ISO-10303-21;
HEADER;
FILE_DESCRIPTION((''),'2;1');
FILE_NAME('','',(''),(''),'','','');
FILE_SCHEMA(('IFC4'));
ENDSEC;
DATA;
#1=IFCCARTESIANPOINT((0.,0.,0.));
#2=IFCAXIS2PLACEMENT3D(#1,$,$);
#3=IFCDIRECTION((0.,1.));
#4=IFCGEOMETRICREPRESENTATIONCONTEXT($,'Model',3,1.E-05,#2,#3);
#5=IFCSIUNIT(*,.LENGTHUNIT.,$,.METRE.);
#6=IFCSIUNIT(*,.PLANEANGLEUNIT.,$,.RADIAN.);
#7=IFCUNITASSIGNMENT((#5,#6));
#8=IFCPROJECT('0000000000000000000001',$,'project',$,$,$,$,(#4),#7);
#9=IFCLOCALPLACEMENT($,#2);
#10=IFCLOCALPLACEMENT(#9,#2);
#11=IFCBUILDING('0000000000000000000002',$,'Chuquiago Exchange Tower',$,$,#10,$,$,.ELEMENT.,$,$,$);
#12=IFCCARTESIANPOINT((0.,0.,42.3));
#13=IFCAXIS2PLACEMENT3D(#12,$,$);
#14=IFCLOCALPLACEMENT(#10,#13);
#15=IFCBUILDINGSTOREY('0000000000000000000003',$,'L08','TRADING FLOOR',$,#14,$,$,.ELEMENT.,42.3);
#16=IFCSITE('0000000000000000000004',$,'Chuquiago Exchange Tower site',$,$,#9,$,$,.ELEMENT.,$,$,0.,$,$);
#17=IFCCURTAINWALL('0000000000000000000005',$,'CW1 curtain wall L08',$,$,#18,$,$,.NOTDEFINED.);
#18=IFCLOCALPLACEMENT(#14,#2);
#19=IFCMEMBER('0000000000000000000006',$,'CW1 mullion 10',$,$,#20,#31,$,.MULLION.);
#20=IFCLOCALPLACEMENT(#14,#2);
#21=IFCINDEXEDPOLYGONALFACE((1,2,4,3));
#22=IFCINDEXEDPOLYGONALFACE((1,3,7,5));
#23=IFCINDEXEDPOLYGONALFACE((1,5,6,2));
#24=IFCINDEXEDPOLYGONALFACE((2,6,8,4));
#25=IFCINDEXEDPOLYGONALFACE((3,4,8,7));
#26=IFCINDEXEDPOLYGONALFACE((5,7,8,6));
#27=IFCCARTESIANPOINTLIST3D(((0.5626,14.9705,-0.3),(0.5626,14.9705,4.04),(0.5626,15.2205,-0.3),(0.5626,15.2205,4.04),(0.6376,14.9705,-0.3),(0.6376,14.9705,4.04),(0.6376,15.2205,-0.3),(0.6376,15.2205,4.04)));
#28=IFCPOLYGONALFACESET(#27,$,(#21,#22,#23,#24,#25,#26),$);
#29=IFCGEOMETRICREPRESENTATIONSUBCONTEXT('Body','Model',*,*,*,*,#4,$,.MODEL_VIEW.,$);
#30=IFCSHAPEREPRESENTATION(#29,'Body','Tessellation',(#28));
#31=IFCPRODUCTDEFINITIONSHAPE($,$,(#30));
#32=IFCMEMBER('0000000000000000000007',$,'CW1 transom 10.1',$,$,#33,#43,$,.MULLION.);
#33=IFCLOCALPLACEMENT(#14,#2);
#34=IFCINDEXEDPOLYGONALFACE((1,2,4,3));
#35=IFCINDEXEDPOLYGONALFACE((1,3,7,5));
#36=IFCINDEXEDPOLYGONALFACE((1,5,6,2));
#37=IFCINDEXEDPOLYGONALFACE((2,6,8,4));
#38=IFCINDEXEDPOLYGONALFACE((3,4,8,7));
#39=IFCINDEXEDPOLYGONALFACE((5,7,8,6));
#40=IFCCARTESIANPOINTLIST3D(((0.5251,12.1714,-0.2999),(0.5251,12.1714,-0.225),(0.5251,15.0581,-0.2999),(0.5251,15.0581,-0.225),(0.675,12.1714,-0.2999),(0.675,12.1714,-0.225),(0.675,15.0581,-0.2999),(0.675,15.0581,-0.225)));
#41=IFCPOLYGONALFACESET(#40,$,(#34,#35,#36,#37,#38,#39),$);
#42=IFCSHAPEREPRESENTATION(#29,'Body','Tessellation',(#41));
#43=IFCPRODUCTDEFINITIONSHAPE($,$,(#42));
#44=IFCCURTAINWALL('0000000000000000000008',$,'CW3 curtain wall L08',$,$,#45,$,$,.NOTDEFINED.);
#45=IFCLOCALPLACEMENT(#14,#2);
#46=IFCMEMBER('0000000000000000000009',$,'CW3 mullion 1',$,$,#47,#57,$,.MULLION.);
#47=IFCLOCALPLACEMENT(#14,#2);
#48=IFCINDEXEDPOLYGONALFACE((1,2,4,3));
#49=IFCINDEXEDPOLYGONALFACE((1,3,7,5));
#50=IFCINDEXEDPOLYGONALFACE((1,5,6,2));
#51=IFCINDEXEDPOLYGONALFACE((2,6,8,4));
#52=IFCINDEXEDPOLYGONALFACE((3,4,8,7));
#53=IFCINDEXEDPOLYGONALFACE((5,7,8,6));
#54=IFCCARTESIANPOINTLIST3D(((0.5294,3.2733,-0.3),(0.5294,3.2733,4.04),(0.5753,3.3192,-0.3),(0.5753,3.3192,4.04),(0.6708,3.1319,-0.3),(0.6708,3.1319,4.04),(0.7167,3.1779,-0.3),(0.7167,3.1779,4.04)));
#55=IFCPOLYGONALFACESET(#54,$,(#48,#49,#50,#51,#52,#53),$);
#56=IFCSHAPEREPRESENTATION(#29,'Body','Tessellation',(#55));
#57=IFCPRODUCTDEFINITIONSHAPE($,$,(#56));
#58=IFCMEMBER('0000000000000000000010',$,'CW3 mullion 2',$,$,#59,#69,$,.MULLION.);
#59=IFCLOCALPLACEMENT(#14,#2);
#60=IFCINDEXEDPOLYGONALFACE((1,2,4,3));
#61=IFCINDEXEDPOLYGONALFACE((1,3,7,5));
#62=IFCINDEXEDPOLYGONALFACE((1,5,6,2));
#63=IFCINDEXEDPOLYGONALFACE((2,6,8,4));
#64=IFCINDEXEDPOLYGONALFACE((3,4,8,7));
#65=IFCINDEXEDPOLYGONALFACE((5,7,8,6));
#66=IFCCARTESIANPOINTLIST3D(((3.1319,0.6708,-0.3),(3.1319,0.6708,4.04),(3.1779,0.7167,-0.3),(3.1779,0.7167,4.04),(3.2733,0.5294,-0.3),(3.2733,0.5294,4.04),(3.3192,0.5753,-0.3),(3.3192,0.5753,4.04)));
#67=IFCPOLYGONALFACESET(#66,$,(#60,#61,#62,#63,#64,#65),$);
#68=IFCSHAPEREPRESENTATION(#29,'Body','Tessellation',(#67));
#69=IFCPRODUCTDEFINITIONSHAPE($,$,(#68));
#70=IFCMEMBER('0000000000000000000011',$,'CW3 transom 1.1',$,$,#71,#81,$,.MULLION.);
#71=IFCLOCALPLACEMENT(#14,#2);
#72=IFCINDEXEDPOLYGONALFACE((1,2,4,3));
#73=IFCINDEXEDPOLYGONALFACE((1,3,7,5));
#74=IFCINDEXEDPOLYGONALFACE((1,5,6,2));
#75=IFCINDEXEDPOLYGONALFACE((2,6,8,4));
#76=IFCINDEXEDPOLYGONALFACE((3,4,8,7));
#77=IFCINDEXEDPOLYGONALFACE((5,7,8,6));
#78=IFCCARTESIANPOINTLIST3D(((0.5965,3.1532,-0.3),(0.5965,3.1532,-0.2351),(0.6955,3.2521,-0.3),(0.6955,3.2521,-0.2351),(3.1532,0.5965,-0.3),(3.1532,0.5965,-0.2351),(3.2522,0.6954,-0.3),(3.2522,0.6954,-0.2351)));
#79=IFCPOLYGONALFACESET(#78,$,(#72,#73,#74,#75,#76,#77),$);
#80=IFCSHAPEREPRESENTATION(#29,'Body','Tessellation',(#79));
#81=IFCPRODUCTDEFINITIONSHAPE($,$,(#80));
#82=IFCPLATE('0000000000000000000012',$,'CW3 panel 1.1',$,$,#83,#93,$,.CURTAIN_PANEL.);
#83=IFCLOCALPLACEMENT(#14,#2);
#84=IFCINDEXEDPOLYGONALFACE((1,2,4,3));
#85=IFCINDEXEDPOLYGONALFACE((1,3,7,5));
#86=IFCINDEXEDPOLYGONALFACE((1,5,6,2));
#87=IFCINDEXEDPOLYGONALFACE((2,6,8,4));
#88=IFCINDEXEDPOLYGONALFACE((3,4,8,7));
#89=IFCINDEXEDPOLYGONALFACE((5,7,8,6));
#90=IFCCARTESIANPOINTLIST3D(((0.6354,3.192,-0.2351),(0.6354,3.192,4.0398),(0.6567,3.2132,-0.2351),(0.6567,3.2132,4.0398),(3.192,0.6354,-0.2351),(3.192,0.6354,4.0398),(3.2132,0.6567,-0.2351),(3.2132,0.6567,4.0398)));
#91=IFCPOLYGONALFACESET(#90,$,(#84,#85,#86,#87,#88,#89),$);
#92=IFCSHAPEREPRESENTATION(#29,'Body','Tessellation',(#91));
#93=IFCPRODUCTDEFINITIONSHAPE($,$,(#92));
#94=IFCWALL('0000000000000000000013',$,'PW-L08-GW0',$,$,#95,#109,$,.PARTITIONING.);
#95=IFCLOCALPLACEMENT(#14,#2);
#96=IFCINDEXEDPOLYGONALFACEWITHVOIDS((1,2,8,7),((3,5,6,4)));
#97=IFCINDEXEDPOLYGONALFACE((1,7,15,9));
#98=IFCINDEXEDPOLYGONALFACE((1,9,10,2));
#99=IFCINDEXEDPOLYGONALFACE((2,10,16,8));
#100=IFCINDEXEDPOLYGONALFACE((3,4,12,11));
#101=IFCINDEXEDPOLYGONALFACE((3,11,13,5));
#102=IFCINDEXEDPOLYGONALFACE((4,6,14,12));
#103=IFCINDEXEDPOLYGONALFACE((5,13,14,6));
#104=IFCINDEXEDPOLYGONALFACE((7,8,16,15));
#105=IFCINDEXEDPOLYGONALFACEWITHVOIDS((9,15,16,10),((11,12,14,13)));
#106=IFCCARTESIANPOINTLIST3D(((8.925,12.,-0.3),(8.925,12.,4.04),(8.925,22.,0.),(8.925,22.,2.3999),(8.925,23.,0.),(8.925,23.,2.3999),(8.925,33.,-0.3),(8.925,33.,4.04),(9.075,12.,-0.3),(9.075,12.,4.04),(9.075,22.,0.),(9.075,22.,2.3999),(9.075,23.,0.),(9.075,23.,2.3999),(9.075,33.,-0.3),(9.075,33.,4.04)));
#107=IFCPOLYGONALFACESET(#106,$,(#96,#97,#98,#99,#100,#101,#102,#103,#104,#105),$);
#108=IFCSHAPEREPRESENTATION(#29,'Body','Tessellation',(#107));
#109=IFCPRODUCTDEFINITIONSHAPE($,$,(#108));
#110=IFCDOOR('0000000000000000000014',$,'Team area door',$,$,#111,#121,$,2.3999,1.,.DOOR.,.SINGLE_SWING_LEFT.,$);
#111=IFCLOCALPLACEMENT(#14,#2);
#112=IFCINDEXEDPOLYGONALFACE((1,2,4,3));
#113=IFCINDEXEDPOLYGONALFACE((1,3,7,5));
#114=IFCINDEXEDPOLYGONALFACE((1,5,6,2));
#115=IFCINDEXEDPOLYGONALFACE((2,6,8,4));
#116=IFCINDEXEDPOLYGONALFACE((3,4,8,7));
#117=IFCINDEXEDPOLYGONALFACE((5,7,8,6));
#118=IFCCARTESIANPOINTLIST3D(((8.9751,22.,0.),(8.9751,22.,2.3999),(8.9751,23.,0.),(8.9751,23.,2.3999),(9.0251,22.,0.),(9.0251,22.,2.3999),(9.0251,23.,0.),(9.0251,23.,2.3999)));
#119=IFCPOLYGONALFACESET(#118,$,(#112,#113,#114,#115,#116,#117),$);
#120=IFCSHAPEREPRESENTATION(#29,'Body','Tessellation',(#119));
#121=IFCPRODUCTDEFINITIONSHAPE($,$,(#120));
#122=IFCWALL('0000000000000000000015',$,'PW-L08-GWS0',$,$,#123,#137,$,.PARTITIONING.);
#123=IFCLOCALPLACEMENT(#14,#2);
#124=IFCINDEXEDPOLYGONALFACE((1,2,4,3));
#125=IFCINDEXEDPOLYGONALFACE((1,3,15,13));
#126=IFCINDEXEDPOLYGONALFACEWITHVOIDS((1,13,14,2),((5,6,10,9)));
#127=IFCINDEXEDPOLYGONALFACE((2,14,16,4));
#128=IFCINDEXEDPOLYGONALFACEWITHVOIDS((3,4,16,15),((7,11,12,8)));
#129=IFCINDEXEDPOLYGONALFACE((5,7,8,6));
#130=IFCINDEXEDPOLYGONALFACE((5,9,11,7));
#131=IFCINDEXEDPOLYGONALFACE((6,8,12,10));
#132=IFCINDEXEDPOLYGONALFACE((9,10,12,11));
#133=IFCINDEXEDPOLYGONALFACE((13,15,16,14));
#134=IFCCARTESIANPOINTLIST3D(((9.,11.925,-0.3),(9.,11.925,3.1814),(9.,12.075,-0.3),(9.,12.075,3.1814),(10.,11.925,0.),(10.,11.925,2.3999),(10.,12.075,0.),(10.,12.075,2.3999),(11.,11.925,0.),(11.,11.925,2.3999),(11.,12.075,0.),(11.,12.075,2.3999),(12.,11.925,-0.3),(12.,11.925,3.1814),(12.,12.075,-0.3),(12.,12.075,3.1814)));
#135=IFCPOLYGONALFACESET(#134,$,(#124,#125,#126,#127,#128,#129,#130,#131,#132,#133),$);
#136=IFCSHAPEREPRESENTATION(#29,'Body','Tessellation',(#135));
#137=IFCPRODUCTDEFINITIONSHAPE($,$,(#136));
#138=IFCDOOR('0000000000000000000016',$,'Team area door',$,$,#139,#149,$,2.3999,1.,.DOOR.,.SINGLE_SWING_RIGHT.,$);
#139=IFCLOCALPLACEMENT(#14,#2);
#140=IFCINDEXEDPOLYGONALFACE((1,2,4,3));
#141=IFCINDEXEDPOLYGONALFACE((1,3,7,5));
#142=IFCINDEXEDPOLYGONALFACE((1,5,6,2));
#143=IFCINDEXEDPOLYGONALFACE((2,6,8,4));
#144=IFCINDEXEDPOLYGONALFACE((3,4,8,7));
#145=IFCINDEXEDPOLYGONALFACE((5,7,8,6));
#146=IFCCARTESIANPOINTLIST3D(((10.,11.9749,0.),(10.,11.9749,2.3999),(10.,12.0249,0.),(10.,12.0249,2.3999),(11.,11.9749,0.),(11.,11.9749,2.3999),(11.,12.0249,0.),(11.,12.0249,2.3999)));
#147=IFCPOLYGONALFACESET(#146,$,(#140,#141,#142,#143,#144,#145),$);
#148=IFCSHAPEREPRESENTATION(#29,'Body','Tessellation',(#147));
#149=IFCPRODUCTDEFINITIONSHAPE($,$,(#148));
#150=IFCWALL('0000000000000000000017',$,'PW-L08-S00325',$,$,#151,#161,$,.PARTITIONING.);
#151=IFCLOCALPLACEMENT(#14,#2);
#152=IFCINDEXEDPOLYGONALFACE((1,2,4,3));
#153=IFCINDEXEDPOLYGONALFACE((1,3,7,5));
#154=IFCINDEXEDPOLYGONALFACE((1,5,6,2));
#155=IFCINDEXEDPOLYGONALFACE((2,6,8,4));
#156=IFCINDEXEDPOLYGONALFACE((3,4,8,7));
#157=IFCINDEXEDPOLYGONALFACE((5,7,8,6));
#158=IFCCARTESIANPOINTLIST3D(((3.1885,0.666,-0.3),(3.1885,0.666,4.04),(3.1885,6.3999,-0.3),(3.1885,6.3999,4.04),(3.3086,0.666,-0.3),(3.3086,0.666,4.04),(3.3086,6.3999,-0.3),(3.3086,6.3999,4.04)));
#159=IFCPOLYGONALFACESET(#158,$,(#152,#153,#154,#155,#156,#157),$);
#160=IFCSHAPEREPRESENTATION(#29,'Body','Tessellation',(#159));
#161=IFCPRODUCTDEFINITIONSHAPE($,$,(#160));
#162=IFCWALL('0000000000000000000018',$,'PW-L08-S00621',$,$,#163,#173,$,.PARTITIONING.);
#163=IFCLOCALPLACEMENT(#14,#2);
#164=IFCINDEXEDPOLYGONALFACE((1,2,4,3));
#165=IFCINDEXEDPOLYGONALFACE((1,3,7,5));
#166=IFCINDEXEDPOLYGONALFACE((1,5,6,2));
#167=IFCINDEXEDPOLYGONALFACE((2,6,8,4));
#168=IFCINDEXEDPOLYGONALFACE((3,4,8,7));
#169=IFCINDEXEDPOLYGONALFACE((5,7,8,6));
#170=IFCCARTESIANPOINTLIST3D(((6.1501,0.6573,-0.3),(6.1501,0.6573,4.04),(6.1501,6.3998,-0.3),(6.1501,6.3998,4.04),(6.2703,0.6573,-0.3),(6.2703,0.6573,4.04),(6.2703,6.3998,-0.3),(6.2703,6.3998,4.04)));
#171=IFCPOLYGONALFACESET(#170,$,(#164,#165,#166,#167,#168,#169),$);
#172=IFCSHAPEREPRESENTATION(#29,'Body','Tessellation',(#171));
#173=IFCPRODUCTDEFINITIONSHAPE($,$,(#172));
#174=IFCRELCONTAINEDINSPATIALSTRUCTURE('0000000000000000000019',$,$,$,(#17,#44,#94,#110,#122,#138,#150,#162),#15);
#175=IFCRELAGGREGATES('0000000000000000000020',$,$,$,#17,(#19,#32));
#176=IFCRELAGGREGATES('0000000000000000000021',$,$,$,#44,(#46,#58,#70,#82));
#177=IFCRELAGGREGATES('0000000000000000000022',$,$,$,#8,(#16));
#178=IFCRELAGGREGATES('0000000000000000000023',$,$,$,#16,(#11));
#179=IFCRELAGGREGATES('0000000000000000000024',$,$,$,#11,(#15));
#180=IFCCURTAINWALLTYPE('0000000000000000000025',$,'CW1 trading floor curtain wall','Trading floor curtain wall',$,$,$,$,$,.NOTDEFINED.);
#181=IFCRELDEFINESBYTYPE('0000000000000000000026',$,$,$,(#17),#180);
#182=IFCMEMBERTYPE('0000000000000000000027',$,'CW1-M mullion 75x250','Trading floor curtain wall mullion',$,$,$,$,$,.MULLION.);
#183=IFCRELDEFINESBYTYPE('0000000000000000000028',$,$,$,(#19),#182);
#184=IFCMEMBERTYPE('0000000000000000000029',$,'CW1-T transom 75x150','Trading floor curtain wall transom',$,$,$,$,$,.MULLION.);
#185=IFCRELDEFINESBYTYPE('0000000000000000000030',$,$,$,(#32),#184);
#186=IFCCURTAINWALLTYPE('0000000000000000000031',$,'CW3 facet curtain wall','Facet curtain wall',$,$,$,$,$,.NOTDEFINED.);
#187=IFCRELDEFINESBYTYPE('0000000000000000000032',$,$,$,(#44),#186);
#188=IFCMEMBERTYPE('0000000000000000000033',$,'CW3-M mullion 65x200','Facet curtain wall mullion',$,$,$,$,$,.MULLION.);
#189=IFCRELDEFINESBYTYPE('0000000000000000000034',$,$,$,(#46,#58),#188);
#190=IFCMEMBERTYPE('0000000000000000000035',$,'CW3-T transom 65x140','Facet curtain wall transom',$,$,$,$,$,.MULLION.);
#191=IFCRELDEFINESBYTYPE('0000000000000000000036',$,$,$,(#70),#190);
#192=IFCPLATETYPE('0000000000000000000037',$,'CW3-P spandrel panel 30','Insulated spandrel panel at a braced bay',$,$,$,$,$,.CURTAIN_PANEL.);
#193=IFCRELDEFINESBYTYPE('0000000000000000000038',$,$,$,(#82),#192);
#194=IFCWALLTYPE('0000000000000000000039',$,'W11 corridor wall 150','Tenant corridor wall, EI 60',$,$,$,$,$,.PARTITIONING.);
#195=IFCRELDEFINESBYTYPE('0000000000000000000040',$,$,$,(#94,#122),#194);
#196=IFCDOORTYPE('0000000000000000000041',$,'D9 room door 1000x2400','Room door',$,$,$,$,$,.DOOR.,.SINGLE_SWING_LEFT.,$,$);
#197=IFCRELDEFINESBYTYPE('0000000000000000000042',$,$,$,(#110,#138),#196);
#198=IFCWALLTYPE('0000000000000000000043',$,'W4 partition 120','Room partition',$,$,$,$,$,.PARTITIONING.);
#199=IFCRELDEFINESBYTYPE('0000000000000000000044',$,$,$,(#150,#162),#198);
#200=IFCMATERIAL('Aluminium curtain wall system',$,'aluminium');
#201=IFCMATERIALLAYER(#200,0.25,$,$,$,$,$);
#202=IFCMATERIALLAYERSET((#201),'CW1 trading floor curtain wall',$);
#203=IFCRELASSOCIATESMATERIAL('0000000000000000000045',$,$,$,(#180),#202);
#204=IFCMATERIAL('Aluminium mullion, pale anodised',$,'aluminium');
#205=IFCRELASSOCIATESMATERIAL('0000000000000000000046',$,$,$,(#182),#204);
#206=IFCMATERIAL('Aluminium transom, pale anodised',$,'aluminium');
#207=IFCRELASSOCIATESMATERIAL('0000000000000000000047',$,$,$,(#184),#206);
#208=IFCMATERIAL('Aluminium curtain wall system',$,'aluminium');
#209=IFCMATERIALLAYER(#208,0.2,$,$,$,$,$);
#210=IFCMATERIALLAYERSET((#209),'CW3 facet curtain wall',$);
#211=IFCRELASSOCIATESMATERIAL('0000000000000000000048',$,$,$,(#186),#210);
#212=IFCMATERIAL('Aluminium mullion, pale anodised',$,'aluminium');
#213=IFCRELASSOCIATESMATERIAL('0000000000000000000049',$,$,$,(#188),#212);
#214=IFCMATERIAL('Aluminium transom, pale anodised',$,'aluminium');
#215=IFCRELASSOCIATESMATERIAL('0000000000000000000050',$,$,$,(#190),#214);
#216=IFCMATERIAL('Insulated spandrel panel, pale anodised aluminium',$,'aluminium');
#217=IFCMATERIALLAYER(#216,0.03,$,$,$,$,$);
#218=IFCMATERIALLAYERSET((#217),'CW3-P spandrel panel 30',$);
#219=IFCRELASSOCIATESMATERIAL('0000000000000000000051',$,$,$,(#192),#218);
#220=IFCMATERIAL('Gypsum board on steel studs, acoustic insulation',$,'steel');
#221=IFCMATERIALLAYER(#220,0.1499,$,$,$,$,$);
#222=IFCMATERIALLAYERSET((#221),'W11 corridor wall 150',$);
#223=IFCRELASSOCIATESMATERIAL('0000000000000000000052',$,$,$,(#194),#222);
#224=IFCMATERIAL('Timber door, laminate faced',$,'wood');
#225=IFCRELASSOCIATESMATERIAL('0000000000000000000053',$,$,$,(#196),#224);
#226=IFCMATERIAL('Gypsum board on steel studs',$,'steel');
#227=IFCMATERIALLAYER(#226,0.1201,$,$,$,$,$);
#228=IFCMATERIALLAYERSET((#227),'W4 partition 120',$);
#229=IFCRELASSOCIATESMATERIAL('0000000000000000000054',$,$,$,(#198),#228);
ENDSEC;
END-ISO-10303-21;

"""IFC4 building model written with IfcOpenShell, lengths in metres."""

from ifc_helpers import new_model, si_unit, direction, frame, frame_2d, origin, origin_2d, place, context, subcontext, project, spatial, rectangle, extrude, material, layer, layer_set, material_profile, profile_set, type_object, element, fill, aggregate, save


model = new_model("IFC4")

# Units and contexts
model_context = context("Model", 3, precision=1e-05, world=origin(), true_north=direction((0.0, 1.0)))
body_context = subcontext(model_context, "Body", "Model", "MODEL_VIEW")
ifc_project = project(units=[si_unit("LENGTHUNIT", "METRE"), si_unit("PLANEANGLEUNIT", "RADIAN")], contexts=[model_context])

# Site, building, storey
site_placement = place(None, origin())
site = spatial("IfcSite", under=ifc_project, at=site_placement, Name="Chuquiago Exchange Tower site", CompositionType="ELEMENT", RefElevation=0.0)
building_placement = place(site_placement, origin())
building = spatial("IfcBuilding", under=site, at=building_placement, Name="Chuquiago Exchange Tower", CompositionType="ELEMENT")
storey_placement = place(building_placement, frame((0.0, 0.0, 42.3)))
storey = spatial("IfcBuildingStorey", under=building, at=storey_placement, Name="L08", Description="TRADING FLOOR", CompositionType="ELEMENT", Elevation=42.3)

# Curtain wall, members
ifc_material_1 = material(Name="Aluminium curtain wall system", Category="aluminium")
ifc_layer_1 = layer(ifc_material_1, 0.25)
ifc_layer_set_1 = layer_set([ifc_layer_1], Name="CW1 trading floor curtain wall")
curtain_wall_type_1 = type_object("IfcCurtainWallType", Name="CW1 trading floor curtain wall", Description="Trading floor curtain wall", PredefinedType="NOTDEFINED", material=ifc_layer_set_1)
curtain_wall_1_placement = place(storey_placement, origin())
curtain_wall_1 = element("IfcCurtainWall", 1, at=curtain_wall_1_placement, inside=storey, type_object=curtain_wall_type_1, Name="CW1 curtain wall L08", PredefinedType="NOTDEFINED")
ifc_material_2 = material(Name="Aluminium mullion, pale anodised", Category="aluminium")
ifc_material_profile_1 = material_profile(ifc_material_2, rectangle(XDim=0.075, YDim=0.25, at=origin_2d()), Name="AL 75x250")
ifc_profile_set_1 = profile_set([ifc_material_profile_1], Name="Aluminium mullion, pale anodised")
member_type_1 = type_object("IfcMemberType", Name="CW1-M mullion 75x250", Description="Trading floor curtain wall mullion", PredefinedType="MULLION", material=ifc_profile_set_1)
member_1_placement = place(storey_placement, frame((0.6001, 15.0955, -0.3), z_axis=(0.0, 0.0, 1.0), x_axis=(1.0, 0.0, 0.0)))
member_1 = element("IfcMember", 2, at=member_1_placement, type_object=member_type_1, Name="CW1 mullion 10", PredefinedType="MULLION", context=body_context, shape_type="SweptSolid", body=[
    extrude(rectangle(XDim=0.075, YDim=0.25, at=origin_2d()), origin(), (0.0, 0.0, 1.0), 4.3401),
])
ifc_material_3 = material(Name="Aluminium transom, pale anodised", Category="aluminium")
ifc_material_profile_2 = material_profile(ifc_material_3, rectangle(XDim=0.1499, YDim=0.075, at=origin_2d()), Name="AL 150x75")
ifc_profile_set_2 = profile_set([ifc_material_profile_2], Name="Aluminium transom, pale anodised")
member_type_2 = type_object("IfcMemberType", Name="CW1-T transom 75x150", Description="Trading floor curtain wall transom", PredefinedType="MULLION", material=ifc_profile_set_2)
member_2_placement = place(storey_placement, frame((0.6001, 15.0581, -0.2625), z_axis=(0.0, -1.0, 0.0), x_axis=(1.0, 0.0, 0.0)))
member_2 = element("IfcMember", 3, at=member_2_placement, type_object=member_type_2, Name="CW1 transom 10.1", PredefinedType="MULLION", context=body_context, shape_type="SweptSolid", body=[
    extrude(rectangle(XDim=0.1499, YDim=0.075, at=origin_2d()), origin(), (0.0, 0.0, 1.0), 2.8867),
])
aggregate(curtain_wall_1, [member_1, member_2])

# Curtain wall, members, plate
ifc_material_4 = material(Name="Aluminium curtain wall system", Category="aluminium")
ifc_layer_2 = layer(ifc_material_4, 0.2)
ifc_layer_set_2 = layer_set([ifc_layer_2], Name="CW3 facet curtain wall")
curtain_wall_type_2 = type_object("IfcCurtainWallType", Name="CW3 facet curtain wall", Description="Facet curtain wall", PredefinedType="NOTDEFINED", material=ifc_layer_set_2)
curtain_wall_2_placement = place(storey_placement, origin())
curtain_wall_2 = element("IfcCurtainWall", 4, at=curtain_wall_2_placement, inside=storey, type_object=curtain_wall_type_2, Name="CW3 curtain wall L08", PredefinedType="NOTDEFINED")
ifc_material_5 = material(Name="Aluminium mullion, pale anodised", Category="aluminium")
ifc_material_profile_3 = material_profile(ifc_material_5, rectangle(XDim=0.0649, YDim=0.2, at=origin_2d()), Name="AL 65x200")
ifc_profile_set_3 = profile_set([ifc_material_profile_3], Name="Aluminium mullion, pale anodised")
member_type_3 = type_object("IfcMemberType", Name="CW3-M mullion 65x200", Description="Facet curtain wall mullion", PredefinedType="MULLION", material=ifc_profile_set_3)
member_3_placement = place(storey_placement, frame((0.623, 3.2256, -0.3), z_axis=(0.0, 0.0, 1.0), x_axis=(0.707107, 0.707107, 0.0)))
member_3 = element("IfcMember", 5, at=member_3_placement, type_object=member_type_3, Name="CW3 mullion 1", PredefinedType="MULLION", context=body_context, shape_type="SweptSolid", body=[
    extrude(rectangle(XDim=0.0649, YDim=0.2, at=origin_2d()), origin(), (0.0, 0.0, 1.0), 4.3401),
])
member_4_placement = place(storey_placement, frame((3.2256, 0.623, -0.3), z_axis=(0.0, 0.0, 1.0), x_axis=(0.707107, 0.707107, 0.0)))
member_4 = element("IfcMember", 6, at=member_4_placement, type_object=member_type_3, Name="CW3 mullion 2", PredefinedType="MULLION", context=body_context, shape_type="SweptSolid", body=[
    extrude(rectangle(XDim=0.0649, YDim=0.2, at=origin_2d()), origin(), (0.0, 0.0, 1.0), 4.3401),
])
ifc_material_6 = material(Name="Aluminium transom, pale anodised", Category="aluminium")
ifc_material_profile_4 = material_profile(ifc_material_6, rectangle(XDim=0.1399, YDim=0.0649, at=origin_2d()), Name="AL 140x65")
ifc_profile_set_4 = profile_set([ifc_material_profile_4], Name="Aluminium transom, pale anodised")
member_type_4 = type_object("IfcMemberType", Name="CW3-T transom 65x140", Description="Facet curtain wall transom", PredefinedType="MULLION", material=ifc_profile_set_4)
member_5_placement = place(storey_placement, frame((0.646, 3.2026, -0.2676), z_axis=(0.707107, -0.707107, 0.0), x_axis=(0.707107, 0.707107, 0.0)))
member_5 = element("IfcMember", 7, at=member_5_placement, type_object=member_type_4, Name="CW3 transom 1.1", PredefinedType="MULLION", context=body_context, shape_type="SweptSolid", body=[
    extrude(rectangle(XDim=0.1399, YDim=0.0649, at=origin_2d()), origin(), (0.0, 0.0, 1.0), 3.6157),
])
ifc_material_7 = material(Name="Insulated spandrel panel, pale anodised aluminium", Category="aluminium")
ifc_layer_3 = layer(ifc_material_7, 0.03)
ifc_layer_set_3 = layer_set([ifc_layer_3], Name="CW3-P spandrel panel 30")
plate_type = type_object("IfcPlateType", Name="CW3-P spandrel panel 30", Description="Insulated spandrel panel at a braced bay", PredefinedType="CURTAIN_PANEL", material=ifc_layer_set_3)
plate_placement = place(storey_placement, frame((1.9243, 1.9243, -0.2351), z_axis=(0.0, 0.0, 1.0), x_axis=(0.707107, -0.707107, 0.0)))
plate = element("IfcPlate", 8, at=plate_placement, type_object=plate_type, Name="CW3 panel 1.1", PredefinedType="CURTAIN_PANEL", context=body_context, shape_type="SweptSolid", body=[
    extrude(rectangle(XDim=3.6155, YDim=0.03, at=origin_2d()), origin(), (0.0, 0.0, 1.0), 4.2749),
])
aggregate(curtain_wall_2, [member_3, member_4, member_5, plate])

# Walls, openings, doors
ifc_material_8 = material(Name="Gypsum board on steel studs, acoustic insulation", Category="steel")
ifc_layer_4 = layer(ifc_material_8, 0.1499)
ifc_layer_set_4 = layer_set([ifc_layer_4], Name="W11 corridor wall 150")
wall_type_1 = type_object("IfcWallType", Name="W11 corridor wall 150", Description="Tenant corridor wall, EI 60", PredefinedType="PARTITIONING", material=ifc_layer_set_4)
wall_1_placement = place(storey_placement, frame((9.0, 12.0, -0.3), z_axis=(0.0, 0.0, 1.0), x_axis=(0.0, 1.0, 0.0)))
wall_1 = element("IfcWall", 9, at=wall_1_placement, inside=storey, type_object=wall_type_1, Name="PW-L08-GW0", PredefinedType="PARTITIONING", context=body_context, shape_type="SweptSolid", body=[
    extrude(rectangle(XDim=21.0, YDim=0.1499, at=frame_2d((10.5, 0.0))), origin(), (0.0, 0.0, 1.0), 4.3401),
])
opening_1_placement = place(wall_1_placement, frame((10.0, 0.0, 0.3)))
opening_1 = element("IfcOpeningElement", 10, at=opening_1_placement, cuts=wall_1, PredefinedType="OPENING", context=body_context, shape_type="SweptSolid", body=[
    extrude(rectangle(XDim=1.0, YDim=2.3999, at=frame_2d((0.5, 1.2))), frame((0.0, 0.085, 0.0), z_axis=(0.0, -1.0, 0.0), x_axis=(1.0, 0.0, 0.0)), (0.0, 0.0, 1.0), 0.1699),
])
ifc_material_9 = material(Name="Timber door, laminate faced", Category="wood")
door_type_1 = type_object("IfcDoorType", Name="D9 room door 1000x2400", Description="Room door", OperationType="SINGLE_SWING_LEFT", PredefinedType="DOOR", material=ifc_material_9)
door_1_placement = place(opening_1_placement, origin())
door_1 = element("IfcDoor", 11, at=door_1_placement, inside=storey, type_object=door_type_1, Name="Team area door", OperationType="SINGLE_SWING_LEFT", OverallHeight=2.3999, OverallWidth=1.0, PredefinedType="DOOR", context=body_context, shape_type="SweptSolid", body=[
    extrude(rectangle(XDim=1.0, YDim=2.3999, at=frame_2d((0.5, 1.2))), frame((0.0, 0.0249, 0.0), z_axis=(0.0, -1.0, 0.0), x_axis=(1.0, 0.0, 0.0)), (0.0, 0.0, 1.0), 0.05),
])
fill(opening_1, door_1)
wall_2_placement = place(storey_placement, frame((9.0, 12.0, -0.3), z_axis=(0.0, 0.0, 1.0), x_axis=(1.0, 0.0, 0.0)))
wall_2 = element("IfcWall", 12, at=wall_2_placement, inside=storey, type_object=wall_type_1, Name="PW-L08-GWS0", PredefinedType="PARTITIONING", context=body_context, shape_type="SweptSolid", body=[
    extrude(rectangle(XDim=3.0, YDim=0.1499, at=frame_2d((1.5, 0.0))), origin(), (0.0, 0.0, 1.0), 3.4814),
])
opening_2_placement = place(wall_2_placement, frame((1.0, 0.0, 0.3)))
opening_2 = element("IfcOpeningElement", 13, at=opening_2_placement, cuts=wall_2, PredefinedType="OPENING", context=body_context, shape_type="SweptSolid", body=[
    extrude(rectangle(XDim=1.0, YDim=2.3999, at=frame_2d((0.5, 1.2))), frame((0.0, 0.085, 0.0), z_axis=(0.0, -1.0, 0.0), x_axis=(1.0, 0.0, 0.0)), (0.0, 0.0, 1.0), 0.1699),
])
door_2_placement = place(opening_2_placement, origin())
door_2 = element("IfcDoor", 14, at=door_2_placement, inside=storey, type_object=door_type_1, Name="Team area door", OperationType="SINGLE_SWING_RIGHT", OverallHeight=2.3999, OverallWidth=1.0, PredefinedType="DOOR", context=body_context, shape_type="SweptSolid", body=[
    extrude(rectangle(XDim=1.0, YDim=2.3999, at=frame_2d((0.5, 1.2))), frame((0.0, 0.0249, 0.0), z_axis=(0.0, -1.0, 0.0), x_axis=(1.0, 0.0, 0.0)), (0.0, 0.0, 1.0), 0.05),
])
fill(opening_2, door_2)

# Walls
ifc_material_10 = material(Name="Gypsum board on steel studs", Category="steel")
ifc_layer_5 = layer(ifc_material_10, 0.1201)
ifc_layer_set_5 = layer_set([ifc_layer_5], Name="W4 partition 120")
wall_type_2 = type_object("IfcWallType", Name="W4 partition 120", Description="Room partition", PredefinedType="PARTITIONING", material=ifc_layer_set_5)
wall_3_placement = place(storey_placement, frame((3.2485, 0.666, -0.3), z_axis=(0.0, 0.0, 1.0), x_axis=(0.0, 1.0, 0.0)))
element("IfcWall", 15, at=wall_3_placement, inside=storey, type_object=wall_type_2, Name="PW-L08-S00325", PredefinedType="PARTITIONING", context=body_context, shape_type="SweptSolid", body=[
    extrude(rectangle(XDim=5.7339, YDim=0.1201, at=frame_2d((2.8669, 0.0))), origin(), (0.0, 0.0, 1.0), 4.3401),
])
for number, where, z_axis, x_axis, name in (
    (16, (6.2102, 0.6575, -0.3), (0.0, 0.0, 1.0), (0.0, 1.0, 0.0), "PW-L08-S00621"),
):
    element("IfcWall", number, at=place(storey_placement, frame(where, z_axis=z_axis, x_axis=x_axis)), inside=storey, type_object=wall_type_2, Name=name, PredefinedType="PARTITIONING", context=body_context, shape_type="SweptSolid", body=[
        extrude(rectangle(XDim=5.7424, YDim=0.1201, at=frame_2d((2.8711, 0.0))), origin(), (0.0, 0.0, 1.0), 4.3401),
    ])

save(model, "model.ifc")
